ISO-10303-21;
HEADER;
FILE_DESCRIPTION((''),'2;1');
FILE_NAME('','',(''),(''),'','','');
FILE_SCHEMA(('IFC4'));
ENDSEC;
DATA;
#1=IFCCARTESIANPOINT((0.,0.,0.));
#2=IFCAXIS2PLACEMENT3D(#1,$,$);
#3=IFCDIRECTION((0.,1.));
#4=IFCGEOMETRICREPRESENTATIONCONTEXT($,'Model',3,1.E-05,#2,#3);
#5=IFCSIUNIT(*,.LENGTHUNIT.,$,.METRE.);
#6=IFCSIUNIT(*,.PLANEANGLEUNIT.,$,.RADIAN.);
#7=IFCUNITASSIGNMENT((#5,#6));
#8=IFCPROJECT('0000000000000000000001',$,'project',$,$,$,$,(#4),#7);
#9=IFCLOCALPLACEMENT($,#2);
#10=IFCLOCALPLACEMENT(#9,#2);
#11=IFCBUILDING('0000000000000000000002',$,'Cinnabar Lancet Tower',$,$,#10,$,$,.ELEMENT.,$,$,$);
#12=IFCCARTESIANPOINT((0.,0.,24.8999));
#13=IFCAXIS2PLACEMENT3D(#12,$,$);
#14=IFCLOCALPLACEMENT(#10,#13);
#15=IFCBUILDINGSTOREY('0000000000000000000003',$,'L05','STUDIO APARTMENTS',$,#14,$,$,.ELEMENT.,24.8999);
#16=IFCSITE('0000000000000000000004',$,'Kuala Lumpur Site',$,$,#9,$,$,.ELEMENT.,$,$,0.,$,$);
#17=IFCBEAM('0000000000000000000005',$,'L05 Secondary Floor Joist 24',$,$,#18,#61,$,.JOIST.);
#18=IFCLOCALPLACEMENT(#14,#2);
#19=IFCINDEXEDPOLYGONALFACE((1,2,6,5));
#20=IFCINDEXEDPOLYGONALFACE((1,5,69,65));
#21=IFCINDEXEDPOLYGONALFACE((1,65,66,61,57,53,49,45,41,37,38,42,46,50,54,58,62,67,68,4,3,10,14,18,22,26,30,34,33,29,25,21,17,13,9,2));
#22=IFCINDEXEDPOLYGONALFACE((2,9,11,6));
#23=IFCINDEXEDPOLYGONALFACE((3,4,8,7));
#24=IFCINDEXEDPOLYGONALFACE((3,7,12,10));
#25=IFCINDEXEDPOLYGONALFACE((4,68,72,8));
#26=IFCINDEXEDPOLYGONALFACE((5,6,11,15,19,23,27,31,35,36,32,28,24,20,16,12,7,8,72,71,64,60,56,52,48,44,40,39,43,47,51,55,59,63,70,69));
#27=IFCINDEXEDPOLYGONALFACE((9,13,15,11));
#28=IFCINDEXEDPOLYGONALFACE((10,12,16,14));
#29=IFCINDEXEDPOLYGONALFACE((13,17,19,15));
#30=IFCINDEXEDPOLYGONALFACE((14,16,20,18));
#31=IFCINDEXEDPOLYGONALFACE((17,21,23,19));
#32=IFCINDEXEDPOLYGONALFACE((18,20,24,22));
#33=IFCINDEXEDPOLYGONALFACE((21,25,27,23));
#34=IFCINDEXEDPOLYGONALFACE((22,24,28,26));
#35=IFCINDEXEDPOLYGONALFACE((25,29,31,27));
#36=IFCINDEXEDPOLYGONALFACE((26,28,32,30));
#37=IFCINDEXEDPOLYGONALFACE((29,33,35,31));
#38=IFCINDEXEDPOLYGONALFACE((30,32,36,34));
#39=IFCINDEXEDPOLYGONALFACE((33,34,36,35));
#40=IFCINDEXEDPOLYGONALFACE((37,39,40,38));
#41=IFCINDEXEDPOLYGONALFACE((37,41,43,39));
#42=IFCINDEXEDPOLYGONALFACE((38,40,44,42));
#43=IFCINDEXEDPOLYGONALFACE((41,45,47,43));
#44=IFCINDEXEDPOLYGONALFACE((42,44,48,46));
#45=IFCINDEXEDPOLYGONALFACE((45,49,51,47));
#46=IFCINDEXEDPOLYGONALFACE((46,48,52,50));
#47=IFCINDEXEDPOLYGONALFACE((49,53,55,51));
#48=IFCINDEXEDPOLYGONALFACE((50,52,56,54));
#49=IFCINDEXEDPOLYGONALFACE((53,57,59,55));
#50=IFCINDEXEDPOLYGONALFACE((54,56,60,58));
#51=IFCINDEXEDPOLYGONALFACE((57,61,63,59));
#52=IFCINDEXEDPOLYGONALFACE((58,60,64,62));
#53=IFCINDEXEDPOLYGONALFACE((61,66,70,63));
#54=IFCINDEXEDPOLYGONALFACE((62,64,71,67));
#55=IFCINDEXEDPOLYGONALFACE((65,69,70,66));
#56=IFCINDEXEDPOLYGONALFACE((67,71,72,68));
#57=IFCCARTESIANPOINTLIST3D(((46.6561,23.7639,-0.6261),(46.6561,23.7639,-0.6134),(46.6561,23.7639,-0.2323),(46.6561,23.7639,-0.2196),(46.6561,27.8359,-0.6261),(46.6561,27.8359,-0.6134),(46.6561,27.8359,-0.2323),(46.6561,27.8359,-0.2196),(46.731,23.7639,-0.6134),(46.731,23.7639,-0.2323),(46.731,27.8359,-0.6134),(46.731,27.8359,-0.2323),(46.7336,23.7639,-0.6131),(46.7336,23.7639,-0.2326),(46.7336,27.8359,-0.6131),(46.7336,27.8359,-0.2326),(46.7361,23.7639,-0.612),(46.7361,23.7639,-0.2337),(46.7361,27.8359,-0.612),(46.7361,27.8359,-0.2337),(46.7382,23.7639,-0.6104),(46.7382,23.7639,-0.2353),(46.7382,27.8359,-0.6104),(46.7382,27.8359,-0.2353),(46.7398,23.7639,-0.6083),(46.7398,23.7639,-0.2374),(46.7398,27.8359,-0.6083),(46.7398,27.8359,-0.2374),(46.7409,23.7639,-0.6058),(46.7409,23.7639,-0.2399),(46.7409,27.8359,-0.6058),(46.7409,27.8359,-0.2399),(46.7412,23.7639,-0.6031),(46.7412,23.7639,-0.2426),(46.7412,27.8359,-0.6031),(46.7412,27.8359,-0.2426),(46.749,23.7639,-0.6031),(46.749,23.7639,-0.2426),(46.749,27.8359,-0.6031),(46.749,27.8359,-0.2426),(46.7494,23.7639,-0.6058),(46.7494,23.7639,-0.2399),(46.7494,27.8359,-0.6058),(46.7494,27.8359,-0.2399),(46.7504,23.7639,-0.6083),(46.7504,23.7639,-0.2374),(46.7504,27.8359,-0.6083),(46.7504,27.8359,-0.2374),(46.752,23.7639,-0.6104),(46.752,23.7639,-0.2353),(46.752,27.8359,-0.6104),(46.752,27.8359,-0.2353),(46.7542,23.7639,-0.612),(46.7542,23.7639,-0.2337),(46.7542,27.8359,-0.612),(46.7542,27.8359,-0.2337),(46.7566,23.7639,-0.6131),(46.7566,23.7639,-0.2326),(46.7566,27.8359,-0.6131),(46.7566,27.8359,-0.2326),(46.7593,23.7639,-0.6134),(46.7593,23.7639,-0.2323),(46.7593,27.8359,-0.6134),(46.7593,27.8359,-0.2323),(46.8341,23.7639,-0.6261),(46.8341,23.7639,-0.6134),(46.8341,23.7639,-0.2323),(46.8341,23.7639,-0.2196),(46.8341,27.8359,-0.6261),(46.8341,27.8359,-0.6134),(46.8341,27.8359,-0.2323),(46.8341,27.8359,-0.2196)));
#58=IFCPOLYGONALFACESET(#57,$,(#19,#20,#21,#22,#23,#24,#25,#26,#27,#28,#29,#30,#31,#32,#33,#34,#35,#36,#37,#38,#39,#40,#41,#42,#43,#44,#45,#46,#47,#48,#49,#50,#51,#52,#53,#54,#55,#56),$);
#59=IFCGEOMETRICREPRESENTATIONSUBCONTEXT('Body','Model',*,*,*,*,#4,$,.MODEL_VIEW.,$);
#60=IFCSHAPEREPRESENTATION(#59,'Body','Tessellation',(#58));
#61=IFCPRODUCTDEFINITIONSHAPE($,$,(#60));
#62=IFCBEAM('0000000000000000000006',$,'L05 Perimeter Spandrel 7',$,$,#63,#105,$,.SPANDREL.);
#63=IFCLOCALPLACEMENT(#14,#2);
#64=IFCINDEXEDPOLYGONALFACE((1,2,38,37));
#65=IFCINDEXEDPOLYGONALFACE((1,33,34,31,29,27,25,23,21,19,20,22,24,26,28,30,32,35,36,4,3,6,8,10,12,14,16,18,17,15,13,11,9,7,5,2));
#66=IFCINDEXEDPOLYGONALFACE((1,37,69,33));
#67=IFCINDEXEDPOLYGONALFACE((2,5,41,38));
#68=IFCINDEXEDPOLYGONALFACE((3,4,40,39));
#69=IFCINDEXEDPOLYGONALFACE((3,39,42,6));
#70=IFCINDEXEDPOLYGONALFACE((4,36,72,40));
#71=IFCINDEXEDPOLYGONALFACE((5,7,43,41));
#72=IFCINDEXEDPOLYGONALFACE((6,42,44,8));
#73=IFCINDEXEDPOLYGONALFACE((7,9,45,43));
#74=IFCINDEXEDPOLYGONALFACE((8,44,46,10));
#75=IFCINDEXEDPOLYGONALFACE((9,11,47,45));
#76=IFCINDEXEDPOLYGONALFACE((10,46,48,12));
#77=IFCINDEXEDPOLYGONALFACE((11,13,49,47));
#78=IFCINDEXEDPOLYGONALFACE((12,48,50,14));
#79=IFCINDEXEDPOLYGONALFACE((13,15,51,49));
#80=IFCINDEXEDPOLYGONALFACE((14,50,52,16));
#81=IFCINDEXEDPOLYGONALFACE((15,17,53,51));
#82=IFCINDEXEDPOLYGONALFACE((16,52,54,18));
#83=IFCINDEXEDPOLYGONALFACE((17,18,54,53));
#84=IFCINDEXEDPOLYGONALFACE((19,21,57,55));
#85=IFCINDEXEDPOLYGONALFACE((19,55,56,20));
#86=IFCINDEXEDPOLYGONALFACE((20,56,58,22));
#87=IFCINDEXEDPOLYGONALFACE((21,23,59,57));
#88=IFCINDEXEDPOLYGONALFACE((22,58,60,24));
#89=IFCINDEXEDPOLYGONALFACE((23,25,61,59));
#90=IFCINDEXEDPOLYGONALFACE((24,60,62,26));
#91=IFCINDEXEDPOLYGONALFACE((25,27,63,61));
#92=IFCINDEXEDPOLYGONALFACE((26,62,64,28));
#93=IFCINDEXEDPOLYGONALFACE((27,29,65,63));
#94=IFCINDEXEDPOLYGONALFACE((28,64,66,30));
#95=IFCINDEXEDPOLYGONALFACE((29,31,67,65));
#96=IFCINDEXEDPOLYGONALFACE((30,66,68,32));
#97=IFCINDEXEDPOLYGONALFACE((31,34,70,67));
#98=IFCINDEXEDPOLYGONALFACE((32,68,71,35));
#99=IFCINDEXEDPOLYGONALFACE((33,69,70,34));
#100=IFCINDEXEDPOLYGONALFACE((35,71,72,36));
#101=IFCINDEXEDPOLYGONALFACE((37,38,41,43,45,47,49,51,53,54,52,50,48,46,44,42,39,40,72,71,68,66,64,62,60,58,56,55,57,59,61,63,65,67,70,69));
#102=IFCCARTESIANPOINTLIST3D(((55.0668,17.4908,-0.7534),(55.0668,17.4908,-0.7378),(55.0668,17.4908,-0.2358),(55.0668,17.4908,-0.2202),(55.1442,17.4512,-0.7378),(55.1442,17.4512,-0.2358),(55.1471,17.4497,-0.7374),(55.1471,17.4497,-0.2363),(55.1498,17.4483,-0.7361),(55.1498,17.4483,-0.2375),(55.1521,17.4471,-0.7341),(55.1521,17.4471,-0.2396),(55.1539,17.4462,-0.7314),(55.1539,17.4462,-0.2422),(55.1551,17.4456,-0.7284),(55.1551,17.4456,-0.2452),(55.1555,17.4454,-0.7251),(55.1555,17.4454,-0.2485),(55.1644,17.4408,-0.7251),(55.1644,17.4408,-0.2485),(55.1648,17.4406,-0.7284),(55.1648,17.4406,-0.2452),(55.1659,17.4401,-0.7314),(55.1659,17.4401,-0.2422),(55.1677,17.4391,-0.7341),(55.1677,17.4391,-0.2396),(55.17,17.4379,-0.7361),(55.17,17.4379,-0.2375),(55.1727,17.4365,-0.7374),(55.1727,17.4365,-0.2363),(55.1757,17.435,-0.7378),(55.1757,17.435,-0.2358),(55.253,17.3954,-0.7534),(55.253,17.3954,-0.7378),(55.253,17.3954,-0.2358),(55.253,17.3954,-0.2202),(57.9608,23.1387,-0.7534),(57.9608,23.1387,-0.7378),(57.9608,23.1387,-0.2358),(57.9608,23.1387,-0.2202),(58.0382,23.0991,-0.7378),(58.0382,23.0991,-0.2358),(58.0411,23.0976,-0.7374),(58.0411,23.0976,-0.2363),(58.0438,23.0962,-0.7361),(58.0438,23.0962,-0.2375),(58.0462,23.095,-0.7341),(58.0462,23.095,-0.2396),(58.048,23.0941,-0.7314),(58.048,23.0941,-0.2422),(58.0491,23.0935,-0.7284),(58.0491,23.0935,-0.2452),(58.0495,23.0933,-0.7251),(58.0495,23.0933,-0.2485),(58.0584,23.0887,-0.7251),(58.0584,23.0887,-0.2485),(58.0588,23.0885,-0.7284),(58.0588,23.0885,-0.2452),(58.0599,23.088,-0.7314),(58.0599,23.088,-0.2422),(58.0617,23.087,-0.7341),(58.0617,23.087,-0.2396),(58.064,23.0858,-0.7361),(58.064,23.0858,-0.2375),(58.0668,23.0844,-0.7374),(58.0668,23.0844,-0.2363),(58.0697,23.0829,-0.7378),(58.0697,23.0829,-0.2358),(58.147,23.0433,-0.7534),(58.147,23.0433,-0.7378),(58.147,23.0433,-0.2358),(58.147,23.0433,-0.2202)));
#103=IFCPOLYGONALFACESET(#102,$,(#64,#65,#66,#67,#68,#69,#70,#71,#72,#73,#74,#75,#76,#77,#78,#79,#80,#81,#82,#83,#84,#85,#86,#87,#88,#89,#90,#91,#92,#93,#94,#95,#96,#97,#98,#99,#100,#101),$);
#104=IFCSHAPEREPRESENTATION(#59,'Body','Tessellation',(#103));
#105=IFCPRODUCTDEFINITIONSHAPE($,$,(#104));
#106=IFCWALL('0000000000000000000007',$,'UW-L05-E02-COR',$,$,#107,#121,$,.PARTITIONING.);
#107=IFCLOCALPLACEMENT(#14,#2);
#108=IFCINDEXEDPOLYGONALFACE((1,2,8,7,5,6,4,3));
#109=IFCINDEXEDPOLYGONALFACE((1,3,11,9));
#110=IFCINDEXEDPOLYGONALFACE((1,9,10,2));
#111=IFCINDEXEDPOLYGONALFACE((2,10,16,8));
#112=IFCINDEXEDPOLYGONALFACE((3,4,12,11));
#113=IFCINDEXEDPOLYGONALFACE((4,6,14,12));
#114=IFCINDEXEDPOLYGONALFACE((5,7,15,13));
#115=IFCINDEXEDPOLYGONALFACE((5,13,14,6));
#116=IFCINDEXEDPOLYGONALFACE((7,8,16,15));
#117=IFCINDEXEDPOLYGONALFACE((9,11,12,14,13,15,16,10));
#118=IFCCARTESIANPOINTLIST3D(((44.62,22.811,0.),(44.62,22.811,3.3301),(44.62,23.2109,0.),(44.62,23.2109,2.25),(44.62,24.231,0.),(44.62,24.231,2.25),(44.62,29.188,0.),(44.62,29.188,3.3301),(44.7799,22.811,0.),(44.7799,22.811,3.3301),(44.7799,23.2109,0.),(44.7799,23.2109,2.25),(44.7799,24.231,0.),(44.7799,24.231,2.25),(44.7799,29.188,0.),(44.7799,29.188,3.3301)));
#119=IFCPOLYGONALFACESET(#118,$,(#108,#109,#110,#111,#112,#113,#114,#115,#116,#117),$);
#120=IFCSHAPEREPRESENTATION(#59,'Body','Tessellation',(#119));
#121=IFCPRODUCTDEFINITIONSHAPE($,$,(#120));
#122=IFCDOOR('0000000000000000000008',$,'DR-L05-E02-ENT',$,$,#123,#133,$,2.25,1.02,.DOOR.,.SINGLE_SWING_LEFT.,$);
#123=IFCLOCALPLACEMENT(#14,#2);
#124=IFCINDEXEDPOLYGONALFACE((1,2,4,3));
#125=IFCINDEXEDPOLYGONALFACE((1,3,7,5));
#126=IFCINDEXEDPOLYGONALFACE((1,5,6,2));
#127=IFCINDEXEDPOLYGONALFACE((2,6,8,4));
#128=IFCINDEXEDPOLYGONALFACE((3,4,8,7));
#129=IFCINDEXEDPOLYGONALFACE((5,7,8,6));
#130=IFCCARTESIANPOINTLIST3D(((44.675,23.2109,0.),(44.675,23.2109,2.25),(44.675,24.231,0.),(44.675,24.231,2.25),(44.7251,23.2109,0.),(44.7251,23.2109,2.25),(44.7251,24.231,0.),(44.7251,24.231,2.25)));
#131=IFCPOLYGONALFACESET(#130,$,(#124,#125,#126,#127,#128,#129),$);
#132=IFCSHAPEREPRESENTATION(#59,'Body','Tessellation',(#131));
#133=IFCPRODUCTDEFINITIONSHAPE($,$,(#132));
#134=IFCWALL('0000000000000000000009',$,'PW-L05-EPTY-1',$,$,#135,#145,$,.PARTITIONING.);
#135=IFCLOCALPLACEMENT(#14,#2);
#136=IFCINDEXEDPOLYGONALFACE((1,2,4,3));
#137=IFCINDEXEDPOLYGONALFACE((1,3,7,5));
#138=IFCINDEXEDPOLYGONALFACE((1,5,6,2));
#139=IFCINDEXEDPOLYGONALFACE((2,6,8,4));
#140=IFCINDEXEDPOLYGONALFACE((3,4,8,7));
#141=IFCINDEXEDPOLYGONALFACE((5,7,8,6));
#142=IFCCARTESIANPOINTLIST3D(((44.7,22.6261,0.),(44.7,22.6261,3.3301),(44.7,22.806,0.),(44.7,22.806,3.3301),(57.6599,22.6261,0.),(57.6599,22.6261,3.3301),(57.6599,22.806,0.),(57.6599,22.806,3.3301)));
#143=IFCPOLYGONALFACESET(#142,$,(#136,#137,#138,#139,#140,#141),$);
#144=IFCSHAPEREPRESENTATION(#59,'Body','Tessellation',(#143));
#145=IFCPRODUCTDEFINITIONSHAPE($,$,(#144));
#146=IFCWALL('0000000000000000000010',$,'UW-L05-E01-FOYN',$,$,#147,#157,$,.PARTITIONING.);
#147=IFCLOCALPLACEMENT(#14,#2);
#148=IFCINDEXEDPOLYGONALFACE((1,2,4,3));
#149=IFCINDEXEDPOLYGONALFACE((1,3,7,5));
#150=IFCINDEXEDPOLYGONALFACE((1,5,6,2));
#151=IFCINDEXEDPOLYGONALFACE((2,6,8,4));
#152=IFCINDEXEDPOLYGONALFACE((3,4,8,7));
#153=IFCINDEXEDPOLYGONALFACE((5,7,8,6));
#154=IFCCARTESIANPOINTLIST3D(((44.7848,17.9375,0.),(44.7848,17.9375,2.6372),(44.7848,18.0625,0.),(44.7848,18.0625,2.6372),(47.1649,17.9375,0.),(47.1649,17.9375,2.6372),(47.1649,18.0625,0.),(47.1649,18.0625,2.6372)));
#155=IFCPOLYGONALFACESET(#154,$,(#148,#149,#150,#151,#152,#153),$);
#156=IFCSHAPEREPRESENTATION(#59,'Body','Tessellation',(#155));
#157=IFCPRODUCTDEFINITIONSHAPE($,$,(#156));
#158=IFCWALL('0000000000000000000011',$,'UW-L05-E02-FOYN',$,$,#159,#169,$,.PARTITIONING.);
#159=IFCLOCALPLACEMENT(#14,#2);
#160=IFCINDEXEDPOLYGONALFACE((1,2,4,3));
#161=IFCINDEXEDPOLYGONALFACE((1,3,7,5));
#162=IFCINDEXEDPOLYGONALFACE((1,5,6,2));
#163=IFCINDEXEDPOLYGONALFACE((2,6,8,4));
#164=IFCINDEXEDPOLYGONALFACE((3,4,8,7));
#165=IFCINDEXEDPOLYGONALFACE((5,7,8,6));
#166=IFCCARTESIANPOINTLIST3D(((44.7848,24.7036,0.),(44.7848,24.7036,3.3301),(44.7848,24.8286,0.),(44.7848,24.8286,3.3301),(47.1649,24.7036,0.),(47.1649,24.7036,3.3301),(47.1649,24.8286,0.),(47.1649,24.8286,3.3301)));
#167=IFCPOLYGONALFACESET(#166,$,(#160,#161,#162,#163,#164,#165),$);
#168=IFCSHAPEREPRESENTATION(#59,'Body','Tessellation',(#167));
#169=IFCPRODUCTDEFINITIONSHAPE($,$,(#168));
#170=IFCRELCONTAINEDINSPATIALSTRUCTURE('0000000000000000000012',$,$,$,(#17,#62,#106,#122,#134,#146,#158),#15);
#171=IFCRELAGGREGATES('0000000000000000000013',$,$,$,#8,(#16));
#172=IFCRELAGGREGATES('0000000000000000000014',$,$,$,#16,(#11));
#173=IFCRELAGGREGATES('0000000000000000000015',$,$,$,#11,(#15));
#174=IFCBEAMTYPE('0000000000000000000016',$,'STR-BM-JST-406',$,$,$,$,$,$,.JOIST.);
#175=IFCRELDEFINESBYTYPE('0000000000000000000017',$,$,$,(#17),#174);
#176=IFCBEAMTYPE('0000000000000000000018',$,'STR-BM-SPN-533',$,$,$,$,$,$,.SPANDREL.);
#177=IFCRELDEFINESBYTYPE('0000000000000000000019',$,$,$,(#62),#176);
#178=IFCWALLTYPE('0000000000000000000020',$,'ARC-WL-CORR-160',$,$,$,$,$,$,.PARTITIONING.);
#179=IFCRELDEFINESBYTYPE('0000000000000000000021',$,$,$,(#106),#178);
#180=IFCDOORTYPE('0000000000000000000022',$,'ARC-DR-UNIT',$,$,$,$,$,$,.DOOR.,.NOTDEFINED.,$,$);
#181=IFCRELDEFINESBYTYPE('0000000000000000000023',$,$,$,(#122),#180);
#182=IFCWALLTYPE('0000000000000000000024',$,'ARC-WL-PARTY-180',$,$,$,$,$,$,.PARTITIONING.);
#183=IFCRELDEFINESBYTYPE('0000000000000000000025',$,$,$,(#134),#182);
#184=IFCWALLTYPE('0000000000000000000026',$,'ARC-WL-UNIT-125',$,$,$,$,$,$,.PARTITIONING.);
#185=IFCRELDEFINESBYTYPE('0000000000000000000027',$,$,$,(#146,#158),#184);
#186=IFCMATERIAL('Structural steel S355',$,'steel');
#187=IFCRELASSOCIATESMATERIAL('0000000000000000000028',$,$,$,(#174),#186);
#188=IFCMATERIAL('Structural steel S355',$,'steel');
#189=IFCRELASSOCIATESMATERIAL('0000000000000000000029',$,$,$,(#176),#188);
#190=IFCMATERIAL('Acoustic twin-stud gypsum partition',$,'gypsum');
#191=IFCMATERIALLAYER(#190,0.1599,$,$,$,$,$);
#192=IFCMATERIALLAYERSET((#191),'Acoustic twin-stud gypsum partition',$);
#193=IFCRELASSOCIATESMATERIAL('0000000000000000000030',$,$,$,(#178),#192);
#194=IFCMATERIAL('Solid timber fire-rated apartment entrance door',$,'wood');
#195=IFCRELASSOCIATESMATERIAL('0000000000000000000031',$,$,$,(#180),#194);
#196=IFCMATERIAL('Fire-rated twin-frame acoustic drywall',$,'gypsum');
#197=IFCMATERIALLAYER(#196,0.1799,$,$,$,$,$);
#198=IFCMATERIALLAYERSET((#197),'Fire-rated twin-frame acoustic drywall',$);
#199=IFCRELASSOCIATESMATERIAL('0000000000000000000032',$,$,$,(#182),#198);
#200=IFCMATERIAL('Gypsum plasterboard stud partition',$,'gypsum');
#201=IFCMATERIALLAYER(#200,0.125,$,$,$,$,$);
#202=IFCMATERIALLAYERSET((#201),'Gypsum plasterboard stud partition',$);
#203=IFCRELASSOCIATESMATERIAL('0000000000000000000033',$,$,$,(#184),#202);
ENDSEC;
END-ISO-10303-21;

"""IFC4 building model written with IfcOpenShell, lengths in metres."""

from ifc_helpers import new_model, si_unit, direction, frame, frame_2d, origin, origin_2d, place, context, subcontext, project, spatial, rectangle, i_section, extrude, material, layer, layer_set, material_profile, profile_set, type_object, element, fill, save


model = new_model("IFC4")

# Units and contexts
model_context = context("Model", 3, precision=1e-05, world=origin(), true_north=direction((0.0, 1.0)))
body_context = subcontext(model_context, "Body", "Model", "MODEL_VIEW")
ifc_project = project(units=[si_unit("LENGTHUNIT", "METRE"), si_unit("PLANEANGLEUNIT", "RADIAN")], contexts=[model_context])

# Site, building, storey
site_placement = place(None, origin())
site = spatial("IfcSite", under=ifc_project, at=site_placement, Name="Kuala Lumpur Site", CompositionType="ELEMENT", RefElevation=0.0)
building_placement = place(site_placement, origin())
building = spatial("IfcBuilding", under=site, at=building_placement, Name="Cinnabar Lancet Tower", CompositionType="ELEMENT")
storey_placement = place(building_placement, frame((0.0, 0.0, 24.8999)))
storey = spatial("IfcBuildingStorey", under=building, at=storey_placement, Name="L05", Description="STUDIO APARTMENTS", CompositionType="ELEMENT", Elevation=24.8999)

# Beams
ifc_material_1 = material(Name="Structural steel S355", Category="steel")
ifc_material_profile_1 = material_profile(ifc_material_1, i_section(OverallWidth=0.178, OverallDepth=0.4065, WebThickness=0.0078, FlangeThickness=0.0127, FilletRadius=0.0103, at=origin_2d()), Name="UKB 406x178x60")
ifc_profile_set_1 = profile_set([ifc_material_profile_1], Name="Structural steel S355")
beam_type_1 = type_object("IfcBeamType", Name="STR-BM-JST-406", PredefinedType="JOIST", material=ifc_profile_set_1)
for number, where, z_axis, x_axis, name in (
    (1, (46.7451, 23.7639, -0.4229), (0.0, 1.0, 0.0), (-1.0, 0.0, 0.0), "L05 Secondary Floor Joist 24"),
):
    element("IfcBeam", number, at=place(storey_placement, frame(where, z_axis=z_axis, x_axis=x_axis)), inside=storey, type_object=beam_type_1, Name=name, PredefinedType="JOIST", context=body_context, shape_type="SweptSolid", body=[
        extrude(i_section(OverallWidth=0.178, OverallDepth=0.4065, WebThickness=0.0078, FlangeThickness=0.0127, FilletRadius=0.0103, at=origin_2d()), origin(), (0.0, 0.0, 1.0), 4.072),
    ])
ifc_material_2 = material(Name="Structural steel S355", Category="steel")
ifc_material_profile_2 = material_profile(ifc_material_2, i_section(OverallWidth=0.2092, OverallDepth=0.5332, WebThickness=0.01, FlangeThickness=0.0156, FilletRadius=0.0127, at=origin_2d()), Name="UKB 533x210x92")
ifc_profile_set_2 = profile_set([ifc_material_profile_2], Name="Structural steel S355")
beam_type_2 = type_object("IfcBeamType", Name="STR-BM-SPN-533", PredefinedType="SPANDREL", material=ifc_profile_set_2)
beam_1_placement = place(storey_placement, frame((55.1599, 17.4431, -0.4868), z_axis=(0.456025, 0.889967, 0.0), x_axis=(-0.889967, 0.456025, 0.0)))
element("IfcBeam", 2, at=beam_1_placement, inside=storey, type_object=beam_type_2, Name="L05 Perimeter Spandrel 7", PredefinedType="SPANDREL", context=body_context, shape_type="SweptSolid", body=[
    extrude(i_section(OverallWidth=0.2092, OverallDepth=0.5332, WebThickness=0.01, FlangeThickness=0.0156, FilletRadius=0.0127, at=origin_2d()), origin(), (0.0, 0.0, 1.0), 6.3462),
])

# Wall, opening, door
ifc_material_3 = material(Name="Acoustic twin-stud gypsum partition", Category="gypsum")
ifc_layer_1 = layer(ifc_material_3, 0.1599)
ifc_layer_set_1 = layer_set([ifc_layer_1], Name="Acoustic twin-stud gypsum partition")
wall_type_1 = type_object("IfcWallType", Name="ARC-WL-CORR-160", PredefinedType="PARTITIONING", material=ifc_layer_set_1)
wall_1_placement = place(storey_placement, frame((44.7, 22.811, 0.0), z_axis=(0.0, 0.0, 1.0), x_axis=(0.0, 1.0, 0.0)))
wall_1 = element("IfcWall", 3, at=wall_1_placement, inside=storey, type_object=wall_type_1, Name="UW-L05-E02-COR", PredefinedType="PARTITIONING", context=body_context, shape_type="SweptSolid", body=[
    extrude(rectangle(XDim=6.377, YDim=0.1599, at=frame_2d((3.1885, 0.0))), origin(), (0.0, 0.0, 1.0), 3.3301),
])
opening_1_placement = place(wall_1_placement, frame((0.3999, 0.0, 0.0)))
opening_1 = element("IfcOpeningElement", 4, at=opening_1_placement, cuts=wall_1, PredefinedType="OPENING", context=body_context, shape_type="SweptSolid", body=[
    extrude(rectangle(XDim=1.02, YDim=2.25, at=frame_2d((0.51, 1.125))), frame((0.0, 0.0898, 0.0), z_axis=(0.0, -1.0, 0.0), x_axis=(1.0, 0.0, 0.0)), (0.0, 0.0, 1.0), 0.1799),
])
ifc_material_4 = material(Name="Solid timber fire-rated apartment entrance door", Category="wood")
door_type_1 = type_object("IfcDoorType", Name="ARC-DR-UNIT", OperationType="NOTDEFINED", PredefinedType="DOOR", material=ifc_material_4)
door_1_placement = place(opening_1_placement, origin())
door_1 = element("IfcDoor", 5, at=door_1_placement, inside=storey, type_object=door_type_1, Name="DR-L05-E02-ENT", OperationType="SINGLE_SWING_LEFT", OverallHeight=2.25, OverallWidth=1.02, PredefinedType="DOOR", context=body_context, shape_type="SweptSolid", body=[
    extrude(rectangle(XDim=1.02, YDim=2.25, at=frame_2d((0.51, 1.125))), frame((0.0, 0.0249, 0.0), z_axis=(0.0, -1.0, 0.0), x_axis=(1.0, 0.0, 0.0)), (0.0, 0.0, 1.0), 0.05),
])
fill(opening_1, door_1)

# Walls
ifc_material_5 = material(Name="Fire-rated twin-frame acoustic drywall", Category="gypsum")
ifc_layer_2 = layer(ifc_material_5, 0.1799)
ifc_layer_set_2 = layer_set([ifc_layer_2], Name="Fire-rated twin-frame acoustic drywall")
wall_type_2 = type_object("IfcWallType", Name="ARC-WL-PARTY-180", PredefinedType="PARTITIONING", material=ifc_layer_set_2)
wall_2_placement = place(storey_placement, frame((44.7, 22.7161, 0.0), z_axis=(0.0, 0.0, 1.0), x_axis=(1.0, 0.0, 0.0)))
element("IfcWall", 6, at=wall_2_placement, inside=storey, type_object=wall_type_2, Name="PW-L05-EPTY-1", PredefinedType="PARTITIONING", context=body_context, shape_type="SweptSolid", body=[
    extrude(rectangle(XDim=12.96, YDim=0.1799, at=frame_2d((6.48, 0.0))), origin(), (0.0, 0.0, 1.0), 3.3301),
])
ifc_material_6 = material(Name="Gypsum plasterboard stud partition", Category="gypsum")
ifc_layer_3 = layer(ifc_material_6, 0.125)
ifc_layer_set_3 = layer_set([ifc_layer_3], Name="Gypsum plasterboard stud partition")
wall_type_3 = type_object("IfcWallType", Name="ARC-WL-UNIT-125", PredefinedType="PARTITIONING", material=ifc_layer_set_3)
wall_3_placement = place(storey_placement, frame((44.7849, 18.0, 0.0), z_axis=(0.0, 0.0, 1.0), x_axis=(1.0, 0.0, 0.0)))
element("IfcWall", 7, at=wall_3_placement, inside=storey, type_object=wall_type_3, Name="UW-L05-E01-FOYN", PredefinedType="PARTITIONING", context=body_context, shape_type="SweptSolid", body=[
    extrude(rectangle(XDim=2.3801, YDim=0.125, at=frame_2d((1.1899, 0.0))), origin(), (0.0, 0.0, 1.0), 2.6372),
])
wall_4_placement = place(storey_placement, frame((44.7849, 24.7661, 0.0), z_axis=(0.0, 0.0, 1.0), x_axis=(1.0, 0.0, 0.0)))
element("IfcWall", 8, at=wall_4_placement, inside=storey, type_object=wall_type_3, Name="UW-L05-E02-FOYN", PredefinedType="PARTITIONING", context=body_context, shape_type="SweptSolid", body=[
    extrude(rectangle(XDim=2.3801, YDim=0.125, at=frame_2d((1.1899, 0.0))), origin(), (0.0, 0.0, 1.0), 3.3301),
])

save(model, "model.ifc")
